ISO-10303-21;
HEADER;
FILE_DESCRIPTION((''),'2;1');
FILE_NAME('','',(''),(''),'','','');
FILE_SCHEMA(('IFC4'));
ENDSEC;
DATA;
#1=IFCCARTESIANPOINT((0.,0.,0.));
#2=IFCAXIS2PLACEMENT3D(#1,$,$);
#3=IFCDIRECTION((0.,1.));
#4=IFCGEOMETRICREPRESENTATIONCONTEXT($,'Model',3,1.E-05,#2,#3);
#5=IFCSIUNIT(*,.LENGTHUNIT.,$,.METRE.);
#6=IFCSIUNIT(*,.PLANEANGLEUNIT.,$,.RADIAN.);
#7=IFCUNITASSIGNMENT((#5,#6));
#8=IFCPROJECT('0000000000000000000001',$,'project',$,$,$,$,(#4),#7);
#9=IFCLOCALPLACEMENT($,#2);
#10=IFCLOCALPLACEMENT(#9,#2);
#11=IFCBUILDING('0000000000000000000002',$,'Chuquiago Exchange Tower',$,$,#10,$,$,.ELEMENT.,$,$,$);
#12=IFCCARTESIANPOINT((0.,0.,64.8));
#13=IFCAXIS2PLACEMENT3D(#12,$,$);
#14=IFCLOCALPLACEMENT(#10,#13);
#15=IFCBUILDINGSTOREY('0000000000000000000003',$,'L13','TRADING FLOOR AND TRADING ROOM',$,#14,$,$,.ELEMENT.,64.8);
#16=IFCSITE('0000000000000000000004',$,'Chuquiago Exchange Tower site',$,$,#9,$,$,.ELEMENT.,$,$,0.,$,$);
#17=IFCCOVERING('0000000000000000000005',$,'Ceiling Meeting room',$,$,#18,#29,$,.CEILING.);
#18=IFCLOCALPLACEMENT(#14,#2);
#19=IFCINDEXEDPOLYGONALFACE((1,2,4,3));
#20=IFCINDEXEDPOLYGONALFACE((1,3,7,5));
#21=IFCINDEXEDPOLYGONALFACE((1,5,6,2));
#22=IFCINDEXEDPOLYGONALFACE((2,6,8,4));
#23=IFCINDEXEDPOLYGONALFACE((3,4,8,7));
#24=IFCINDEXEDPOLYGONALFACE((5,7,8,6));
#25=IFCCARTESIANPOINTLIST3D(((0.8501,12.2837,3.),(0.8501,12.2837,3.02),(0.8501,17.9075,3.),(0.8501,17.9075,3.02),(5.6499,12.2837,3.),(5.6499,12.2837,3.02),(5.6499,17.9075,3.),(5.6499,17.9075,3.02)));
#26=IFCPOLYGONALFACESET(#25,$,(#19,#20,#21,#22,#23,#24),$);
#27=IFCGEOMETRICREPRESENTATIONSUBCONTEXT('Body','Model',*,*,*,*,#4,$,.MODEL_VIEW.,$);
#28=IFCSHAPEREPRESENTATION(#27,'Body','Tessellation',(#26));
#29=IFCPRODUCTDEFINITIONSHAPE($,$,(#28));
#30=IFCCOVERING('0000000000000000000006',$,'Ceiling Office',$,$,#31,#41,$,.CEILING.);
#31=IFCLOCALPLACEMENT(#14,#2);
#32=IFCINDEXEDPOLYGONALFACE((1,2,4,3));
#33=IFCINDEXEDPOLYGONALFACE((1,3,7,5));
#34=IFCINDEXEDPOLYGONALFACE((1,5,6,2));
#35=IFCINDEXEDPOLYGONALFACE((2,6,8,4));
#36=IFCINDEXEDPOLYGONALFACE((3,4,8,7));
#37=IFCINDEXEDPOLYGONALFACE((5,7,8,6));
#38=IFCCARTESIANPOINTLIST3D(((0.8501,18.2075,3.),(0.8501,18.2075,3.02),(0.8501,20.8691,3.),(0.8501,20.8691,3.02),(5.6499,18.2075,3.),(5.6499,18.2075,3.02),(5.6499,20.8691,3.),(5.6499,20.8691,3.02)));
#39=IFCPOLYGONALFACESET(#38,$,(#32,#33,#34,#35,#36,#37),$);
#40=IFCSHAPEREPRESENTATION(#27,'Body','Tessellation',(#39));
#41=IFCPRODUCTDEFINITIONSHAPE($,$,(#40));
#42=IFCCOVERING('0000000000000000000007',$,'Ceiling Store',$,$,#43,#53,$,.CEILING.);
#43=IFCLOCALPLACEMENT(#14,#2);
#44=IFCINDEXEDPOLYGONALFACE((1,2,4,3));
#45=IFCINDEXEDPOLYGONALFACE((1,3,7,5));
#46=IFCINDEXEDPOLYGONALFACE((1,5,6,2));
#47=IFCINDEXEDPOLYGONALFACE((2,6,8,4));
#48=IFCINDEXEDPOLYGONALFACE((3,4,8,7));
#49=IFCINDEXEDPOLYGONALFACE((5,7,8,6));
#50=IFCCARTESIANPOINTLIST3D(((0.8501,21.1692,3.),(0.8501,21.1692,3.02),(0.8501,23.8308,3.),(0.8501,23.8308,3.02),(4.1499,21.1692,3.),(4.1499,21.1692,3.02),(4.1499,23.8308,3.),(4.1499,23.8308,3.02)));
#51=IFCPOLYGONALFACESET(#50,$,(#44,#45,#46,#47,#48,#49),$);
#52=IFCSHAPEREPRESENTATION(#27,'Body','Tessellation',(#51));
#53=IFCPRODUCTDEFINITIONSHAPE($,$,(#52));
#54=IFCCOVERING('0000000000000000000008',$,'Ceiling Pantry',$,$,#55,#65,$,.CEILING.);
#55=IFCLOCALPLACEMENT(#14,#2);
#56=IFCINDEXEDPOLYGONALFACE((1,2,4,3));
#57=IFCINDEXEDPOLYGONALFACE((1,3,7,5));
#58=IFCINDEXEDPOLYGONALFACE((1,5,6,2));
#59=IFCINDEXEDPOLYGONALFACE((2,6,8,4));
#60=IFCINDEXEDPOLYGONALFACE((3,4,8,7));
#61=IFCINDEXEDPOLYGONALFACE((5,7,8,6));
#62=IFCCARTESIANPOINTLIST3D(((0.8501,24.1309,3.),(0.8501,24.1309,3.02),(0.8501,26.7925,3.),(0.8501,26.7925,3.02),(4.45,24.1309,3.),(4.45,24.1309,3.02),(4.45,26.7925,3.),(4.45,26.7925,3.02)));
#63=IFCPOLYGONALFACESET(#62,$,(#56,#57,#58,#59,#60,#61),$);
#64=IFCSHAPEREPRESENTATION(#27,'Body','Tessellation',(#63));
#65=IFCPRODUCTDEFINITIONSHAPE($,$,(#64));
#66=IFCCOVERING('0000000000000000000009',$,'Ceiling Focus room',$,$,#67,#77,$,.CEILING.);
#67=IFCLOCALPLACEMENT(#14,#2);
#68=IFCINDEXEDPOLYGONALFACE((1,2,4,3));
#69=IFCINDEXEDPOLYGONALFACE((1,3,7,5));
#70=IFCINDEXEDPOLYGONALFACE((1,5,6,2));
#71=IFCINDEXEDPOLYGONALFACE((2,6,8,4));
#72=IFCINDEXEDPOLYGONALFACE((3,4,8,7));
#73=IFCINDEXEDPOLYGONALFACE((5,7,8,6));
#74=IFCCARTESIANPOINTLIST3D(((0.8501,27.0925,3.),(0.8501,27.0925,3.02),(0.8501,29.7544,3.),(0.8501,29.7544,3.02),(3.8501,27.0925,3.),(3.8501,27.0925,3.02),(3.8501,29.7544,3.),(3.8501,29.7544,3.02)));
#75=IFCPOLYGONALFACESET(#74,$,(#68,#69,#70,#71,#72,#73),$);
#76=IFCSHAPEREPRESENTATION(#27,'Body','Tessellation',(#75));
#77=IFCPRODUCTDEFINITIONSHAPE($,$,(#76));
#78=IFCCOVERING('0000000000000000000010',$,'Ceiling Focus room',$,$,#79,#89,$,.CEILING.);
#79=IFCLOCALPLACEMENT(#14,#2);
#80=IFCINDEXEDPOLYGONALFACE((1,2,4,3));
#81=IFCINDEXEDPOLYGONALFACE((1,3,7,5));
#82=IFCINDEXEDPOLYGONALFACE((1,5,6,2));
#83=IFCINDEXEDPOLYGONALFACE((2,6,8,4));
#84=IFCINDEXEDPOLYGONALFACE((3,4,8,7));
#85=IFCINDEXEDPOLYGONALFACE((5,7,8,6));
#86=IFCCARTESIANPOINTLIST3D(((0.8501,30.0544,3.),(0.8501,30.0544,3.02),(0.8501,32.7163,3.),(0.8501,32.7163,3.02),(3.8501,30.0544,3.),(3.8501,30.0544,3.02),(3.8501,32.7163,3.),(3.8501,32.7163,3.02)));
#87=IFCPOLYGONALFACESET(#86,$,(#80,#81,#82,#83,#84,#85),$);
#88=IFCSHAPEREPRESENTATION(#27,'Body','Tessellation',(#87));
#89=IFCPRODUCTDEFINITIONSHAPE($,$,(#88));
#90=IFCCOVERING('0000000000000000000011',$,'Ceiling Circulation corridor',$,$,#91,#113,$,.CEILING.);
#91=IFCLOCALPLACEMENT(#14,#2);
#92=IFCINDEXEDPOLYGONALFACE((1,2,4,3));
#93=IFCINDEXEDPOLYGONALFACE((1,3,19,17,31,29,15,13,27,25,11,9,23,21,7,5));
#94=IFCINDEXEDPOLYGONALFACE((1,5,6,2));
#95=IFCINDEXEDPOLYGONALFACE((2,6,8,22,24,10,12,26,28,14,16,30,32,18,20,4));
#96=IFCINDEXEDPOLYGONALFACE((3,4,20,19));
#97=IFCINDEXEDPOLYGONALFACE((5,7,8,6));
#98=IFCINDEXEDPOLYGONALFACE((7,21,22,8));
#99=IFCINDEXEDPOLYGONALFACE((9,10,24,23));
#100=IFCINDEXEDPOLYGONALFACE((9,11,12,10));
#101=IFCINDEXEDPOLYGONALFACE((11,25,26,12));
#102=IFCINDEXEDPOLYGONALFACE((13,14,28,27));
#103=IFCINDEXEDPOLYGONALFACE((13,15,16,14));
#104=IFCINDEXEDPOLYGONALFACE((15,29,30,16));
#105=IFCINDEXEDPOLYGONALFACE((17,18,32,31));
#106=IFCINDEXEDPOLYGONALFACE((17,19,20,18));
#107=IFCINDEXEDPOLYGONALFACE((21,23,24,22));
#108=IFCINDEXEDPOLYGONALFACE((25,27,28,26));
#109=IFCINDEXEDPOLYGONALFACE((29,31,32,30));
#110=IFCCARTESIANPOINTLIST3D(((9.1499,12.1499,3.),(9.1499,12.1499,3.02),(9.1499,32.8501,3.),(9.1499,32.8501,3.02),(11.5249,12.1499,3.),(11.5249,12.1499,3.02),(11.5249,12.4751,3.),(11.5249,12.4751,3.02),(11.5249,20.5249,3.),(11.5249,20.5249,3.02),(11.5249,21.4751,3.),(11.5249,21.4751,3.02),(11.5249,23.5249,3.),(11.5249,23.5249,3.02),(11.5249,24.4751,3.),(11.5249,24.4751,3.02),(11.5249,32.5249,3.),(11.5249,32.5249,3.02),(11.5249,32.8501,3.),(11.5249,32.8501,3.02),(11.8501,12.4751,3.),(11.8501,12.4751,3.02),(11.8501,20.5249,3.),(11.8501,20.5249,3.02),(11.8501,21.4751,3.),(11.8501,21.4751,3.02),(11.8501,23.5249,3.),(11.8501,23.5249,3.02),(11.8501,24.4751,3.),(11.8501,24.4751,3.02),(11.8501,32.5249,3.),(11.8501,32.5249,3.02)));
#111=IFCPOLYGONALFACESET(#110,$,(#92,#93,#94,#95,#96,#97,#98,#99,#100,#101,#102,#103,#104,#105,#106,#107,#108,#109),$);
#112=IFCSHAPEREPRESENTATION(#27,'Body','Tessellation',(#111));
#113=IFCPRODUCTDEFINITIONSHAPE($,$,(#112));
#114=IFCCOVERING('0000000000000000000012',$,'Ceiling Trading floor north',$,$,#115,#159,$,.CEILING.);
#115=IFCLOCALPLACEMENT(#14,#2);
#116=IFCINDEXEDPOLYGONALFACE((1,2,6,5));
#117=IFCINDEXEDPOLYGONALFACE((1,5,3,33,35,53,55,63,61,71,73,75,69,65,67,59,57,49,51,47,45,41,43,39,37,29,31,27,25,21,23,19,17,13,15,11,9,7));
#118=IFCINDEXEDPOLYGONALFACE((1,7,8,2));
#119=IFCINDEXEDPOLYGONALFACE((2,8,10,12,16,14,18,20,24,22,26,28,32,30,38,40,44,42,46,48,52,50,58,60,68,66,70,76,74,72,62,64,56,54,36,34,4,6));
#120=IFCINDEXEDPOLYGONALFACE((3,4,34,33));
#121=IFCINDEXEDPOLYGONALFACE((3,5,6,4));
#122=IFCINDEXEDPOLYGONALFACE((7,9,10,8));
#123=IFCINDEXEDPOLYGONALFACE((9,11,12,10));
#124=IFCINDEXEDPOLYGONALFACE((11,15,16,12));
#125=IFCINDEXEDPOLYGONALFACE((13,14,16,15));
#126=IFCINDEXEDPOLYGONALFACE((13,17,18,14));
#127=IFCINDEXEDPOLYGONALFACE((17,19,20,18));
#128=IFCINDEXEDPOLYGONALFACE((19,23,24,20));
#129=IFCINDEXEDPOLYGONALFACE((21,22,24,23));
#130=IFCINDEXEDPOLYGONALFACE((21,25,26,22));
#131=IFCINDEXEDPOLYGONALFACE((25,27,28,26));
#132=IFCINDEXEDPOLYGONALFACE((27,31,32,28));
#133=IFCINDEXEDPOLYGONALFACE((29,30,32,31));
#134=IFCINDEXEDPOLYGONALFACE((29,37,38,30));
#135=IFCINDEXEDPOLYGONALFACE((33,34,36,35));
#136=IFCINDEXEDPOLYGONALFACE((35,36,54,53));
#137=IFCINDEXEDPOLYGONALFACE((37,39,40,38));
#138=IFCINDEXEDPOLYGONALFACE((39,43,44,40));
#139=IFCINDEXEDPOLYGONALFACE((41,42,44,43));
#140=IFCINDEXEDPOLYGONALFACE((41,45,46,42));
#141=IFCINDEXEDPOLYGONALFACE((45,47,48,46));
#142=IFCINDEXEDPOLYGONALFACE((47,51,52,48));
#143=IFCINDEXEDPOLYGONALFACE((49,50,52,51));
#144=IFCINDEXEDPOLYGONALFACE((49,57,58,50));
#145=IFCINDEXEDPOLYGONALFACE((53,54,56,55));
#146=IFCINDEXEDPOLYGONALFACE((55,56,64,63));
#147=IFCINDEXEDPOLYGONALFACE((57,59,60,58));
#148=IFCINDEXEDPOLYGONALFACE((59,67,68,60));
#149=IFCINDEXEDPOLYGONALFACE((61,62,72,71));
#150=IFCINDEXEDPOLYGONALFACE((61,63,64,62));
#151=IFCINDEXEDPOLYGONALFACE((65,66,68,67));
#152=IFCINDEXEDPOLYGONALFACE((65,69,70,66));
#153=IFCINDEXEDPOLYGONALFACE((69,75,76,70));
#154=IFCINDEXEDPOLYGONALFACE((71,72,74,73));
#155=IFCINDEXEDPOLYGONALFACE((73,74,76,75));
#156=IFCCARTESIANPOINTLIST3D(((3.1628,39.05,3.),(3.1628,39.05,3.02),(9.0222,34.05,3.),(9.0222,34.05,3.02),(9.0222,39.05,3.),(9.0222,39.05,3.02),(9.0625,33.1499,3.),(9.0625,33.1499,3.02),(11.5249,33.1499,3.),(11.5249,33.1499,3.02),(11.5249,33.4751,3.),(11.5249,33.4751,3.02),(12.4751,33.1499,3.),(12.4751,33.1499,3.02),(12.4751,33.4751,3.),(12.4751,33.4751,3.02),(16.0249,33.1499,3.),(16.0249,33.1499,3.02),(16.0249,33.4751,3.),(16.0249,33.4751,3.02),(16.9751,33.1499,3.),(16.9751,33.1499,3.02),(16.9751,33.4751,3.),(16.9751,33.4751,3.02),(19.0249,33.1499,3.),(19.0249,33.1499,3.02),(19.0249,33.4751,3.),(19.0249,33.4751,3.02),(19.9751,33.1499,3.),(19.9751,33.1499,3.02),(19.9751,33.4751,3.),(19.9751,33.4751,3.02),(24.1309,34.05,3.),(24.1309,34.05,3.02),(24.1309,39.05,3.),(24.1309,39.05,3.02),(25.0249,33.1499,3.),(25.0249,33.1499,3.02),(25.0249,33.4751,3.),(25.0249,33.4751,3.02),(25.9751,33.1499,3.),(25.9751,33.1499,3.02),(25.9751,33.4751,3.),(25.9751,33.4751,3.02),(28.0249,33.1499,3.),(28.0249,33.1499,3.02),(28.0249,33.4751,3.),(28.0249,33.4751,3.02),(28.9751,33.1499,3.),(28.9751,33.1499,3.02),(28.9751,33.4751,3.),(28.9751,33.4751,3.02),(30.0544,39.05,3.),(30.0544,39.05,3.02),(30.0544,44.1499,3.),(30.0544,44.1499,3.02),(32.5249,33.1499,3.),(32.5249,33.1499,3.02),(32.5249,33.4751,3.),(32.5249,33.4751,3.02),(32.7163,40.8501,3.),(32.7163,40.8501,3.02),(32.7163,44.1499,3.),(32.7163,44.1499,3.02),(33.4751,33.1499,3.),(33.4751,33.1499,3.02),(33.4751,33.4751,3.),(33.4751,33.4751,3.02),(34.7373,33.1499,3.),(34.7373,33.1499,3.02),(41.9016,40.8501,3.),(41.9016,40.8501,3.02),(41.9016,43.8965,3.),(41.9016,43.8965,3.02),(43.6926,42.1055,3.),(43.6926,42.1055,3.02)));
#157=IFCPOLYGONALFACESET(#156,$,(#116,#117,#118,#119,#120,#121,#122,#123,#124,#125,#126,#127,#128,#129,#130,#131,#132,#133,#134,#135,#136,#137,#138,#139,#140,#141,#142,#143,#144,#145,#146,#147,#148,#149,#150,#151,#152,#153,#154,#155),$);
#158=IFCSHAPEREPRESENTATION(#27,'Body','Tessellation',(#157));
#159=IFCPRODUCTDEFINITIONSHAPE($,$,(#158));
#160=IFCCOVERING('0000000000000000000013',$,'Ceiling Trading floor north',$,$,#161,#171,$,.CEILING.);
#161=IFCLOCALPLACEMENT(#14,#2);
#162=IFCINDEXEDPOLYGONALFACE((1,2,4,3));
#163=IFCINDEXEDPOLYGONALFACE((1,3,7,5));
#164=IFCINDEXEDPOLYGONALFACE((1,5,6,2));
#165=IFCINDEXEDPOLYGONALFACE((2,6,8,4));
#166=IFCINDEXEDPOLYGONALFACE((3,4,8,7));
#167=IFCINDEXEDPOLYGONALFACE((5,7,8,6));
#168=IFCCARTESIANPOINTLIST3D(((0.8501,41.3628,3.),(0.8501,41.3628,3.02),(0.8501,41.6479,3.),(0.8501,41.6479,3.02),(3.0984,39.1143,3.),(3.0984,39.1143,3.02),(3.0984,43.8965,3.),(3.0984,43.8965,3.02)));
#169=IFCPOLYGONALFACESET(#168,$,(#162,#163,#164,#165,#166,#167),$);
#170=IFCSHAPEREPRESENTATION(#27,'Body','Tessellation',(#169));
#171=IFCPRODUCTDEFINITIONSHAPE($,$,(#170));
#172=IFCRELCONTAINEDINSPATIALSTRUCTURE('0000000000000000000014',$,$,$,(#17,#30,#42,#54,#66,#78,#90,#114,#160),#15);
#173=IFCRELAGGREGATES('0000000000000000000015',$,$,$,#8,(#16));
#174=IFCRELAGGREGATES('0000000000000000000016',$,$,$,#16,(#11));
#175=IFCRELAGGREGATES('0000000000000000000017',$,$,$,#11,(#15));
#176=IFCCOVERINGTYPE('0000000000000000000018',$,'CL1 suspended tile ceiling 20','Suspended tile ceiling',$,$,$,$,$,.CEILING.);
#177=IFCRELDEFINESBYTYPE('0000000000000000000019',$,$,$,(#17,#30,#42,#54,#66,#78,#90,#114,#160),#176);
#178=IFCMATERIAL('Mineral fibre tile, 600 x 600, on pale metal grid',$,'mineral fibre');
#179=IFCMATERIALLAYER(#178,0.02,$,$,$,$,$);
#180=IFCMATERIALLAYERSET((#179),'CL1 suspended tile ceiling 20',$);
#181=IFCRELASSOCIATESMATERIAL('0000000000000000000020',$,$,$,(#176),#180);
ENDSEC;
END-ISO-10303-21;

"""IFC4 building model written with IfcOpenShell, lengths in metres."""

from ifc_helpers import new_model, si_unit, direction, frame, origin, place, context, subcontext, project, spatial, polyline, outline, extrude, material, layer, layer_set, type_object, element, save


model = new_model("IFC4")

# Units and contexts
model_context = context("Model", 3, precision=1e-05, world=origin(), true_north=direction((0.0, 1.0)))
body_context = subcontext(model_context, "Body", "Model", "MODEL_VIEW")
ifc_project = project(units=[si_unit("LENGTHUNIT", "METRE"), si_unit("PLANEANGLEUNIT", "RADIAN")], contexts=[model_context])

# Site, building, storey
site_placement = place(None, origin())
site = spatial("IfcSite", under=ifc_project, at=site_placement, Name="Chuquiago Exchange Tower site", CompositionType="ELEMENT", RefElevation=0.0)
building_placement = place(site_placement, origin())
building = spatial("IfcBuilding", under=site, at=building_placement, Name="Chuquiago Exchange Tower", CompositionType="ELEMENT")
storey_placement = place(building_placement, frame((0.0, 0.0, 64.8)))
storey = spatial("IfcBuildingStorey", under=building, at=storey_placement, Name="L13", Description="TRADING FLOOR AND TRADING ROOM", CompositionType="ELEMENT", Elevation=64.8)

# Coverings
ifc_material_1 = material(Name="Mineral fibre tile, 600 x 600, on pale metal grid", Category="mineral fibre")
ifc_layer_1 = layer(ifc_material_1, 0.02)
ifc_layer_set_1 = layer_set([ifc_layer_1], Name="CL1 suspended tile ceiling 20")
covering_type_1 = type_object("IfcCoveringType", Name="CL1 suspended tile ceiling 20", Description="Suspended tile ceiling", PredefinedType="CEILING", material=ifc_layer_set_1)
covering_1_placement = place(storey_placement, frame((0.0, 0.0, 3.0)))
element("IfcCovering", 1, at=covering_1_placement, inside=storey, type_object=covering_type_1, Name="Ceiling Meeting room", PredefinedType="CEILING", context=body_context, shape_type="SweptSolid", body=[
    extrude(outline(polyline([(5.6499, 17.9075), (5.6499, 12.2837), (0.8501, 12.2837), (0.8501, 17.9075), (5.6499, 17.9075)])), origin(), (0.0, 0.0, 1.0), 0.02),
])
covering_2_placement = place(storey_placement, frame((0.0, 0.0, 3.0)))
element("IfcCovering", 2, at=covering_2_placement, inside=storey, type_object=covering_type_1, Name="Ceiling Office", PredefinedType="CEILING", context=body_context, shape_type="SweptSolid", body=[
    extrude(outline(polyline([(5.6499, 20.8691), (5.6499, 18.2075), (0.8501, 18.2075), (0.8501, 20.8691), (5.6499, 20.8691)])), origin(), (0.0, 0.0, 1.0), 0.02),
])
covering_3_placement = place(storey_placement, frame((0.0, 0.0, 3.0)))
element("IfcCovering", 3, at=covering_3_placement, inside=storey, type_object=covering_type_1, Name="Ceiling Store", PredefinedType="CEILING", context=body_context, shape_type="SweptSolid", body=[
    extrude(outline(polyline([(4.1499, 23.8308), (4.1499, 21.1692), (0.8501, 21.1692), (0.8501, 23.8308), (4.1499, 23.8308)])), origin(), (0.0, 0.0, 1.0), 0.02),
])
covering_4_placement = place(storey_placement, frame((0.0, 0.0, 3.0)))
element("IfcCovering", 4, at=covering_4_placement, inside=storey, type_object=covering_type_1, Name="Ceiling Pantry", PredefinedType="CEILING", context=body_context, shape_type="SweptSolid", body=[
    extrude(outline(polyline([(4.45, 26.7925), (4.45, 24.1309), (0.8501, 24.1309), (0.8501, 26.7925), (4.45, 26.7925)])), origin(), (0.0, 0.0, 1.0), 0.02),
])
covering_5_placement = place(storey_placement, frame((0.0, 0.0, 3.0)))
element("IfcCovering", 5, at=covering_5_placement, inside=storey, type_object=covering_type_1, Name="Ceiling Focus room", PredefinedType="CEILING", context=body_context, shape_type="SweptSolid", body=[
    extrude(outline(polyline([(3.8501, 29.7544), (3.8501, 27.0925), (0.8501, 27.0925), (0.8501, 29.7544), (3.8501, 29.7544)])), origin(), (0.0, 0.0, 1.0), 0.02),
])
covering_6_placement = place(storey_placement, frame((0.0, 0.0, 3.0)))
element("IfcCovering", 6, at=covering_6_placement, inside=storey, type_object=covering_type_1, Name="Ceiling Focus room", PredefinedType="CEILING", context=body_context, shape_type="SweptSolid", body=[
    extrude(outline(polyline([(3.8501, 32.7163), (3.8501, 30.0544), (0.8501, 30.0544), (0.8501, 32.7163), (3.8501, 32.7163)])), origin(), (0.0, 0.0, 1.0), 0.02),
])
covering_7_placement = place(storey_placement, frame((0.0, 0.0, 3.0)))
element("IfcCovering", 7, at=covering_7_placement, inside=storey, type_object=covering_type_1, Name="Ceiling Circulation corridor", PredefinedType="CEILING", context=body_context, shape_type="SweptSolid", body=[
    extrude(outline(polyline([(9.1499, 12.1499), (9.1499, 32.8501), (11.5249, 32.8501), (11.5249, 32.5249), (11.8501, 32.5249), (11.8501, 24.4751), (11.5249, 24.4751), (11.5249, 23.5249), (11.8501, 23.5249), (11.8501, 21.4751), (11.5249, 21.4751), (11.5249, 20.5249), (11.8501, 20.5249), (11.8501, 12.4751), (11.5249, 12.4751), (11.5249, 12.1499), (9.1499, 12.1499)])), origin(), (0.0, 0.0, 1.0), 0.02),
])
covering_8_placement = place(storey_placement, frame((0.0, 0.0, 3.0)))
element("IfcCovering", 8, at=covering_8_placement, inside=storey, type_object=covering_type_1, Name="Ceiling Trading floor north", PredefinedType="CEILING", context=body_context, shape_type="SweptSolid", body=[
    extrude(outline(polyline([(9.0222, 39.05), (9.0222, 34.05), (24.1309, 34.05), (24.1309, 39.05), (30.0544, 39.05), (30.0544, 44.1499), (32.7163, 44.1499), (32.7163, 40.8501), (41.9016, 40.8501), (41.9016, 43.8965), (43.6926, 42.1055), (34.7373, 33.1499), (33.4751, 33.1499), (33.4751, 33.4751), (32.5249, 33.4751), (32.5249, 33.1499), (28.9751, 33.1499), (28.9751, 33.4751), (28.0249, 33.4751), (28.0249, 33.1499), (25.9751, 33.1499), (25.9751, 33.4751), (25.0249, 33.4751), (25.0249, 33.1499), (19.9751, 33.1499), (19.9751, 33.4751), (19.0249, 33.4751), (19.0249, 33.1499), (16.9751, 33.1499), (16.9751, 33.4751), (16.0249, 33.4751), (16.0249, 33.1499), (12.4751, 33.1499), (12.4751, 33.4751), (11.5249, 33.4751), (11.5249, 33.1499), (9.0625, 33.1499), (3.1628, 39.05), (9.0222, 39.05)])), origin(), (0.0, 0.0, 1.0), 0.02),
])
covering_9_placement = place(storey_placement, frame((0.0, 0.0, 3.0)))
element("IfcCovering", 9, at=covering_9_placement, inside=storey, type_object=covering_type_1, Name="Ceiling Trading floor north", PredefinedType="CEILING", context=body_context, shape_type="SweptSolid", body=[
    extrude(outline(polyline([(3.0984, 43.8965), (3.0984, 39.1143), (0.8501, 41.3628), (0.8501, 41.6479), (3.0984, 43.8965)])), origin(), (0.0, 0.0, 1.0), 0.02),
])

save(model, "model.ifc")
